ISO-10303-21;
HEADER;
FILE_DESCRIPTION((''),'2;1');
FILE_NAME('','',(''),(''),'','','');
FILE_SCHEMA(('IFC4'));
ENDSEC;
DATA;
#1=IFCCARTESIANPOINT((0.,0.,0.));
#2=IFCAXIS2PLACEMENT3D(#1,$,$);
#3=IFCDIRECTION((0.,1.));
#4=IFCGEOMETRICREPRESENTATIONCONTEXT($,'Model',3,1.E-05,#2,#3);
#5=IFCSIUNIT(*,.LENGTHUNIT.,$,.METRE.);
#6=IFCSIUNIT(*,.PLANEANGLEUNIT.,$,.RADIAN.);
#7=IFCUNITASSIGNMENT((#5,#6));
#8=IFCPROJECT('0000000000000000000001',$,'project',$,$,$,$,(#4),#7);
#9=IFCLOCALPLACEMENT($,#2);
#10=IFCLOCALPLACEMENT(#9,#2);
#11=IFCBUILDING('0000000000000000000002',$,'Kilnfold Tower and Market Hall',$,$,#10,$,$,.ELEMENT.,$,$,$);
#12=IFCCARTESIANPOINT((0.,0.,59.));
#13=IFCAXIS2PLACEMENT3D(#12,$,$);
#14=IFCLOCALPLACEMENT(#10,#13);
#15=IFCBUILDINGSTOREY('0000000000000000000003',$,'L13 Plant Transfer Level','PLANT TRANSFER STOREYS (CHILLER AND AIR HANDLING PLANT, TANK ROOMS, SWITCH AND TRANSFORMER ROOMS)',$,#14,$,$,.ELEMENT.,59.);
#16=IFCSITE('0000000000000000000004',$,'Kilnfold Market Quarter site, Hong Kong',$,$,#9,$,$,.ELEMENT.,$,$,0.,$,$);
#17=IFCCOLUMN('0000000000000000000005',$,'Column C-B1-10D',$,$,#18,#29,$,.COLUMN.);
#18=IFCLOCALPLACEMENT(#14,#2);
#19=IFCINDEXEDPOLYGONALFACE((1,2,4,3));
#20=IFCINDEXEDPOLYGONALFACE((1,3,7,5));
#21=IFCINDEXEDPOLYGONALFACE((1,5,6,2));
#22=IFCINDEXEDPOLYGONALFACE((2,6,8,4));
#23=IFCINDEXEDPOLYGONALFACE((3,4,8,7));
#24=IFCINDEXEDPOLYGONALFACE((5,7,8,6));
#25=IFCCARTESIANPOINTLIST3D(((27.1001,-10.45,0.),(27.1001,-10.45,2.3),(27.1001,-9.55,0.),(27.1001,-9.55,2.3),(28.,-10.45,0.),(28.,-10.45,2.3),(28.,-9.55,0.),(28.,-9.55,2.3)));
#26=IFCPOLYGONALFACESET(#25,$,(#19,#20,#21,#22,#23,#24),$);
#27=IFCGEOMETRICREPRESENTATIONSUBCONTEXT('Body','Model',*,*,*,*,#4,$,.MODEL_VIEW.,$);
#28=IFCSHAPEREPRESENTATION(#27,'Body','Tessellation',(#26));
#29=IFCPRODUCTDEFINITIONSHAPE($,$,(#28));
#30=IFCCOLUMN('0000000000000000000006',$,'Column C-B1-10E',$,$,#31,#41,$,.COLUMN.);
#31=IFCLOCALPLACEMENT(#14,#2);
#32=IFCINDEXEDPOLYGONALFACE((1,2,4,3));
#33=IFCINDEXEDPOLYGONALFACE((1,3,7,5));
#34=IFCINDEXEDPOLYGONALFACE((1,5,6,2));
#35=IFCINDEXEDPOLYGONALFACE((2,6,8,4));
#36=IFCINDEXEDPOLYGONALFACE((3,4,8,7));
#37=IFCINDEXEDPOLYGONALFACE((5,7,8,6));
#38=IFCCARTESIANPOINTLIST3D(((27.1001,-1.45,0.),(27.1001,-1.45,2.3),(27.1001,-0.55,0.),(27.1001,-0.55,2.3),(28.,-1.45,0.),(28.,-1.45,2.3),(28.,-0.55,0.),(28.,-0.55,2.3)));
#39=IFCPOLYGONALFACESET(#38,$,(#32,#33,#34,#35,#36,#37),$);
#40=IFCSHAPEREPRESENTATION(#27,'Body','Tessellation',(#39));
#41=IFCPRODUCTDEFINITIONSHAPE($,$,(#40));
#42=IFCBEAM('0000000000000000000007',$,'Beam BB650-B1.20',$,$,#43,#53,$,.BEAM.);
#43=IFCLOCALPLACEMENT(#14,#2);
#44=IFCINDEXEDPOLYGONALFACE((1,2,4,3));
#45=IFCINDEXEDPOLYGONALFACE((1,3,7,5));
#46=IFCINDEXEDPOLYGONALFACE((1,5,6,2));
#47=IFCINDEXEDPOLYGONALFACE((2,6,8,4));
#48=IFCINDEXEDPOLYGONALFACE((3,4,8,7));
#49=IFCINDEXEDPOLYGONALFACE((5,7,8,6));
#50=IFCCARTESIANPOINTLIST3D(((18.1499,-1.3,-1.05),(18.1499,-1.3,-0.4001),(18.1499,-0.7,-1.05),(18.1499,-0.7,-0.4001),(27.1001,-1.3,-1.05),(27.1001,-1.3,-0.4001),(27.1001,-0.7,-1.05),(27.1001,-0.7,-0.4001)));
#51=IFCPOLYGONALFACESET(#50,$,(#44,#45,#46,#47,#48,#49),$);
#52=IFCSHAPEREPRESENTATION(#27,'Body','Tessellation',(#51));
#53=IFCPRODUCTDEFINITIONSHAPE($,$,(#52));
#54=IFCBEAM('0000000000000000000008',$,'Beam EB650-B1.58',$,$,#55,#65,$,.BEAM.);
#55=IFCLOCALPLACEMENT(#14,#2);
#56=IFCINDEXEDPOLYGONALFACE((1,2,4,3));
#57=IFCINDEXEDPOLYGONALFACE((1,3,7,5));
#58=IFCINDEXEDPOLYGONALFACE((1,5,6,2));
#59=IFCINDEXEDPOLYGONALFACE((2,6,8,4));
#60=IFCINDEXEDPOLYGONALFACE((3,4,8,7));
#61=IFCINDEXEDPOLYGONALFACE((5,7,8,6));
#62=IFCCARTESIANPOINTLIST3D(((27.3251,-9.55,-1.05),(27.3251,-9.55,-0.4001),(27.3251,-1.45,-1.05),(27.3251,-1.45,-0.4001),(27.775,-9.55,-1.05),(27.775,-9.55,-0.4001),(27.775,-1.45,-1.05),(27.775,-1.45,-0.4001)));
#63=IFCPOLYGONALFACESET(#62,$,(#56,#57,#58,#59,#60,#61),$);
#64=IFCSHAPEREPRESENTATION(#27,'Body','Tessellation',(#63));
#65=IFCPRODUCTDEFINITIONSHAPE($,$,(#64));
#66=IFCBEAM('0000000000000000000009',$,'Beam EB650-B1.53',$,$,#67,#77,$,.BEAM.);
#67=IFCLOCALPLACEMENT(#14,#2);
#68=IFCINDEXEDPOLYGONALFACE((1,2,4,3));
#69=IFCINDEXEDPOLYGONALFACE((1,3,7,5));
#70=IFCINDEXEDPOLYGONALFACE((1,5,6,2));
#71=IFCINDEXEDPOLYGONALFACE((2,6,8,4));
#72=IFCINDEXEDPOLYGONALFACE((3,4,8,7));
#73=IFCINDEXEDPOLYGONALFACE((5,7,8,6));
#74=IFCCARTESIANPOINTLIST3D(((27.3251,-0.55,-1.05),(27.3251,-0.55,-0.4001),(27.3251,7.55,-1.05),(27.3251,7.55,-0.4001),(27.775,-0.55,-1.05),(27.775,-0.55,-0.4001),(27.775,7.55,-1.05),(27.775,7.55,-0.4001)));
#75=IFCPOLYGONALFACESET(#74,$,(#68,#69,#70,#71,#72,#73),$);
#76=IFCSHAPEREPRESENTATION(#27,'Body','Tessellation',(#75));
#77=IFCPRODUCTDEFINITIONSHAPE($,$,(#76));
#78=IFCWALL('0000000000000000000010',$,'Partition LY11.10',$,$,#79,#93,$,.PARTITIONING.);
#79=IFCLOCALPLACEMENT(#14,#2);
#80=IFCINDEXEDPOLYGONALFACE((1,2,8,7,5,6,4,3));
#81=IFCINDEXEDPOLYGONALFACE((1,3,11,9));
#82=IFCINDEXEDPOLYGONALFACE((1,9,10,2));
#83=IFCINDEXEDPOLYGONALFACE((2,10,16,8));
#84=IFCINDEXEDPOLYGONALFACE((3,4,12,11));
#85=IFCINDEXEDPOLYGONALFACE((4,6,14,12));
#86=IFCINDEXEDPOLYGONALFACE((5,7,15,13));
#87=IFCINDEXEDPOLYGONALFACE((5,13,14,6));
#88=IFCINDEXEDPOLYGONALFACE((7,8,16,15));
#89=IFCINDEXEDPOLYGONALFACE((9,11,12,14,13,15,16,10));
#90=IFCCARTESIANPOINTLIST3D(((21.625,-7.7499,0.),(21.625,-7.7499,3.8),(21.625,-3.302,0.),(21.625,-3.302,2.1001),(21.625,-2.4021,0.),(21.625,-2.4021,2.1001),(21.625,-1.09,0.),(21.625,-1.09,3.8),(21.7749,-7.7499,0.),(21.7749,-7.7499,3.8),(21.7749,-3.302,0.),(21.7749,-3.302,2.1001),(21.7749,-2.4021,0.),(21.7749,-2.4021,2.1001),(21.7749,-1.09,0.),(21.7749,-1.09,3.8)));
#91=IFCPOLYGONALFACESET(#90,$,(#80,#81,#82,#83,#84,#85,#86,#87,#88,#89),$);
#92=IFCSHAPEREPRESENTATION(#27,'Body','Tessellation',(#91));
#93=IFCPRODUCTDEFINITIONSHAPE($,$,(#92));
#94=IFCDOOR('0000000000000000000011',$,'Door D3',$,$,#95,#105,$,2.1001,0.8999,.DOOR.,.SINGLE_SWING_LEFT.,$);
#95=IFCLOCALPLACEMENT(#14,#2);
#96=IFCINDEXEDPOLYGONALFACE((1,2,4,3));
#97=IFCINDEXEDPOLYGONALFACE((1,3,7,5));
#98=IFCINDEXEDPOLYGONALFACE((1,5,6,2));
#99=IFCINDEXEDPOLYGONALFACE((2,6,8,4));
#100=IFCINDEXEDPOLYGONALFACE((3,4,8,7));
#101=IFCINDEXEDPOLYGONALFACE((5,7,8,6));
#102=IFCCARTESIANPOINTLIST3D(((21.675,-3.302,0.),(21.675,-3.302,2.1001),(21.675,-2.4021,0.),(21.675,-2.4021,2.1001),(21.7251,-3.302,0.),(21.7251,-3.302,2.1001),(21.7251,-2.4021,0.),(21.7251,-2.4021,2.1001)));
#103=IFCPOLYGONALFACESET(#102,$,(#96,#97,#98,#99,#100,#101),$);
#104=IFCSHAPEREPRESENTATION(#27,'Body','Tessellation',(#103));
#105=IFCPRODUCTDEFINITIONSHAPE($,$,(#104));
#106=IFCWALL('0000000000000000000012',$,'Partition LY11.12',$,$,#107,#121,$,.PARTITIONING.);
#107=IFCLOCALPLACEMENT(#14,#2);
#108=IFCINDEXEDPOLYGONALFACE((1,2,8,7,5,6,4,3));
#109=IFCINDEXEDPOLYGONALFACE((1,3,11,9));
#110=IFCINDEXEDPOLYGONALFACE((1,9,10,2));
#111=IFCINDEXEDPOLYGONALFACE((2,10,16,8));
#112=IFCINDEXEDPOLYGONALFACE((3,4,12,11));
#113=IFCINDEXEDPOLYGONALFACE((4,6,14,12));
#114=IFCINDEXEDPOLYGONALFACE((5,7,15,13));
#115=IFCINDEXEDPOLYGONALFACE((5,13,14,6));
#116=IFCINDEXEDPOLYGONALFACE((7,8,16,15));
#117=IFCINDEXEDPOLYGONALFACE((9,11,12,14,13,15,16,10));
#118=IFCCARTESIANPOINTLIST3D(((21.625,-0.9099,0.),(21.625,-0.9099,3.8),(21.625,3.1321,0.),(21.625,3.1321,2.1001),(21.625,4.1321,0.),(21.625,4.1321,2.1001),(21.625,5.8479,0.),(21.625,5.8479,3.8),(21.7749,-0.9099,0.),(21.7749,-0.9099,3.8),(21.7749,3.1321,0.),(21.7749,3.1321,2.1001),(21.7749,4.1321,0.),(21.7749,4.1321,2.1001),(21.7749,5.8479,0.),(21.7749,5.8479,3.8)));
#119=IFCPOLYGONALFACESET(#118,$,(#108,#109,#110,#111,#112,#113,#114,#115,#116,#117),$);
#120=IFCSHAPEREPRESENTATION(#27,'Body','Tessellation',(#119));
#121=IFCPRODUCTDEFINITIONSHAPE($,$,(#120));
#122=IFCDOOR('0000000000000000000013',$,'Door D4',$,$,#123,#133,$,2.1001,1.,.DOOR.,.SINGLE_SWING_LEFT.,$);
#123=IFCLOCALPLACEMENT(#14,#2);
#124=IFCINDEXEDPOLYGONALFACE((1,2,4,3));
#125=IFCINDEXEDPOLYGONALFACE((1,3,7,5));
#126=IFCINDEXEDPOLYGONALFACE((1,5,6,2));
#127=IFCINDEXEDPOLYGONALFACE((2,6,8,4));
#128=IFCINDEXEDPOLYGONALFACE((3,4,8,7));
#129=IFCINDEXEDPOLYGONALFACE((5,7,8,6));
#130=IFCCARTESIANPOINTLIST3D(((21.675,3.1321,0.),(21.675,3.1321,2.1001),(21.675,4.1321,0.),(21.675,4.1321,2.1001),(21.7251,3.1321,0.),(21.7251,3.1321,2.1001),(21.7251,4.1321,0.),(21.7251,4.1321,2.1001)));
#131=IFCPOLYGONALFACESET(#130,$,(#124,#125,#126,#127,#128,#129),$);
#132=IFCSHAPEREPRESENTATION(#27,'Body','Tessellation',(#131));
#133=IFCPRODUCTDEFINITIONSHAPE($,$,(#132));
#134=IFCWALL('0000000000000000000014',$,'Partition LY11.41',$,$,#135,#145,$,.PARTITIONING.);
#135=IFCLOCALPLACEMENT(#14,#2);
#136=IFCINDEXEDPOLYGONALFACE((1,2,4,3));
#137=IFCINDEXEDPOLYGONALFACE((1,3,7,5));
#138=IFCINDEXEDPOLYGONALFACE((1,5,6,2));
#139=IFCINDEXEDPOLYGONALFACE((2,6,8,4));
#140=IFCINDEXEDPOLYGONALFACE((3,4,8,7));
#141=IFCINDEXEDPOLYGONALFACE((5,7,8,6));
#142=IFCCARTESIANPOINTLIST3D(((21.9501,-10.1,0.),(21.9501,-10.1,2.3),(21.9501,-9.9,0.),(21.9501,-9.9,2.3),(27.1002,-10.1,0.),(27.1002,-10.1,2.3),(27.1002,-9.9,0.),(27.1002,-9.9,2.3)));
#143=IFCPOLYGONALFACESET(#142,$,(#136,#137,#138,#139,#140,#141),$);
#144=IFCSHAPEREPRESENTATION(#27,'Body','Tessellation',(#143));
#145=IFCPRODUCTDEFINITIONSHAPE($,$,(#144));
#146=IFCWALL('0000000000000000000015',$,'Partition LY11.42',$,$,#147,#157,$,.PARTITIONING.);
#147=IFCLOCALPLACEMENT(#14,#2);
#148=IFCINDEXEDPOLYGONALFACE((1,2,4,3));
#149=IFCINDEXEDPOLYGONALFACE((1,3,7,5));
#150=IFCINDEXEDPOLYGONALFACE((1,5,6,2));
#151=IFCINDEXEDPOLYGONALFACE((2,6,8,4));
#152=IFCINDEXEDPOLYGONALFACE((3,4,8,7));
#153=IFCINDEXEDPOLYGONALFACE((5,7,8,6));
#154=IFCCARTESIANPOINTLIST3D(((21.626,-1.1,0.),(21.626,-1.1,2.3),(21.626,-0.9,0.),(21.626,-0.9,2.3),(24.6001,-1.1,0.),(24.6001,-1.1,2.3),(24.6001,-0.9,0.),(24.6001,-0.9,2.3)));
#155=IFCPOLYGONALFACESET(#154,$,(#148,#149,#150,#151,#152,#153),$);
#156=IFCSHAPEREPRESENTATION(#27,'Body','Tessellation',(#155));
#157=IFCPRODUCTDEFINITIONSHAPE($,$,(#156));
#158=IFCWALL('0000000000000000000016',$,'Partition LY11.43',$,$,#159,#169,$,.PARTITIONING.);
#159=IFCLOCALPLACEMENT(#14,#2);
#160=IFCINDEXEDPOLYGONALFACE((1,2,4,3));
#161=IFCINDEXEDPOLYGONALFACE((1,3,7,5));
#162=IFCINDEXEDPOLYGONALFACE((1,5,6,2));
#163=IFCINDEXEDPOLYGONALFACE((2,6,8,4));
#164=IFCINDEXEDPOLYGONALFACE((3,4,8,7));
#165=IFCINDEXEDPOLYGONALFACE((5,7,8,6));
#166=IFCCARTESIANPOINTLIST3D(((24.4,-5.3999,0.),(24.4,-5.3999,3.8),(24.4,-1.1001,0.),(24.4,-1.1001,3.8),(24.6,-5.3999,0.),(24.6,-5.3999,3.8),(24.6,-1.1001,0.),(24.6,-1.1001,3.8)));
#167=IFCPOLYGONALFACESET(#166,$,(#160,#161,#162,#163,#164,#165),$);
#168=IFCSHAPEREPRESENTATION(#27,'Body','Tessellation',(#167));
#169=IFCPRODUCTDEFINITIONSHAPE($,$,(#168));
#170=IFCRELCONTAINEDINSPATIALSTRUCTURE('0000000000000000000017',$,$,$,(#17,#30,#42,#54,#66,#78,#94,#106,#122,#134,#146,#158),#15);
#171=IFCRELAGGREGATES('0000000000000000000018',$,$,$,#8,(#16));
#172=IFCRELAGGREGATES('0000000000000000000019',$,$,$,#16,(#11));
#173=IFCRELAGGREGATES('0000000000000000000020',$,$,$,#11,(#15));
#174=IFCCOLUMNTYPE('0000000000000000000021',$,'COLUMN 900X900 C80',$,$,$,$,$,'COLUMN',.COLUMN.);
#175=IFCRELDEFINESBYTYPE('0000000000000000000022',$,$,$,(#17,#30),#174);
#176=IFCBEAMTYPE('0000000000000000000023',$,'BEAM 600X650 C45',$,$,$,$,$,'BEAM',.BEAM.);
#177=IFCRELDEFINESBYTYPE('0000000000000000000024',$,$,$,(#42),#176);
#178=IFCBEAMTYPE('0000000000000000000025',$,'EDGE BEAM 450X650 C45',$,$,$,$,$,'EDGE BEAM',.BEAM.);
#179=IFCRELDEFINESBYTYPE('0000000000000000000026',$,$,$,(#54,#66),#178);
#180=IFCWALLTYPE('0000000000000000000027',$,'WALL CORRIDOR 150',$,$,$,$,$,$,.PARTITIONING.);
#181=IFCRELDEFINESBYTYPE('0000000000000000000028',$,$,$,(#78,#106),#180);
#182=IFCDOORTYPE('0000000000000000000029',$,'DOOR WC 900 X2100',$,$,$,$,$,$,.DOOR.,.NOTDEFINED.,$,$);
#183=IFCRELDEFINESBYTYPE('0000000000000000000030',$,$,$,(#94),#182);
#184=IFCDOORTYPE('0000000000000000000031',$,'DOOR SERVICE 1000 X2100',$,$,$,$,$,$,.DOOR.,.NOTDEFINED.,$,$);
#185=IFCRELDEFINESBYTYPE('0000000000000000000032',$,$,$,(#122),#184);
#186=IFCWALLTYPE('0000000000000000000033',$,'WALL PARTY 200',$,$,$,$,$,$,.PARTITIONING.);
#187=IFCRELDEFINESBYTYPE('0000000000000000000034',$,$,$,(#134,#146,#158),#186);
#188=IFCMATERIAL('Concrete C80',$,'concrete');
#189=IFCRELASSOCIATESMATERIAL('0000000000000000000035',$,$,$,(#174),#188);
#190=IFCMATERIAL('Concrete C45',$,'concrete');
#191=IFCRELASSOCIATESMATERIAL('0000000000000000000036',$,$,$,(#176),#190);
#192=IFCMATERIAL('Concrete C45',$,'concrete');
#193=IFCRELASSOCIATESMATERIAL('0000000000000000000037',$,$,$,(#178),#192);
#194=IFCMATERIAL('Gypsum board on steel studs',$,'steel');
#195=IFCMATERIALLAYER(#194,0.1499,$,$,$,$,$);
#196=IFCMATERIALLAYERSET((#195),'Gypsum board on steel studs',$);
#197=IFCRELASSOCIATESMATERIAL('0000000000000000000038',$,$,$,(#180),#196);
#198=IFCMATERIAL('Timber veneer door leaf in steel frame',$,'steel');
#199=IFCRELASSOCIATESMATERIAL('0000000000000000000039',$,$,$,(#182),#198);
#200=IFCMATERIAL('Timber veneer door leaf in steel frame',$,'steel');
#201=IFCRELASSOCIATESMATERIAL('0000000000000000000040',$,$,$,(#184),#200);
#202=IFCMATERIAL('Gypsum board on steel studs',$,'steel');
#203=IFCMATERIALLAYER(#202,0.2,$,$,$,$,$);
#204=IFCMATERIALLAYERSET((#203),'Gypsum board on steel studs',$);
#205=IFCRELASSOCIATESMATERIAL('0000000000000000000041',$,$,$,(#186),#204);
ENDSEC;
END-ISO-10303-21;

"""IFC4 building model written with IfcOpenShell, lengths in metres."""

from ifc_helpers import new_model, si_unit, direction, frame, frame_2d, origin, origin_2d, place, context, subcontext, project, spatial, rectangle, extrude, source, transform, mapped, material, layer, layer_set, material_profile, profile_set, type_object, element, fill, save


model = new_model("IFC4")

# Units and contexts
model_context = context("Model", 3, precision=1e-05, world=origin(), true_north=direction((0.0, 1.0)))
body_context = subcontext(model_context, "Body", "Model", "MODEL_VIEW")
ifc_project = project(units=[si_unit("LENGTHUNIT", "METRE"), si_unit("PLANEANGLEUNIT", "RADIAN")], contexts=[model_context])

# Site, building, storey
site_placement = place(None, origin())
site = spatial("IfcSite", under=ifc_project, at=site_placement, Name="Kilnfold Market Quarter site, Hong Kong", CompositionType="ELEMENT", RefElevation=0.0)
building_placement = place(site_placement, origin())
building = spatial("IfcBuilding", under=site, at=building_placement, Name="Kilnfold Tower and Market Hall", CompositionType="ELEMENT")
storey_placement = place(building_placement, frame((0.0, 0.0, 59.0)))
storey = spatial("IfcBuildingStorey", under=building, at=storey_placement, Name="L13 Plant Transfer Level", Description="PLANT TRANSFER STOREYS (CHILLER AND AIR HANDLING PLANT, TANK ROOMS, SWITCH AND TRANSFORMER ROOMS)", CompositionType="ELEMENT", Elevation=59.0)

# Columns
ifc_material_1 = material(Name="Concrete C80", Category="concrete")
ifc_material_profile_1 = material_profile(ifc_material_1, rectangle(XDim=0.8999, YDim=0.8999, at=origin_2d()), Name="RC 900x900")
ifc_profile_set_1 = profile_set([ifc_material_profile_1], Name="Concrete C80")
column_type = type_object("IfcColumnType", Name="COLUMN 900X900 C80", ElementType="COLUMN", PredefinedType="COLUMN", material=ifc_profile_set_1)
shared_shape_1 = source(origin(), body_context, "Body", "SweptSolid", [
    extrude(rectangle(XDim=0.8999, YDim=0.8999, at=origin_2d()), origin(), (0.0, 0.0, 1.0), 2.3),
])
for number, where, z_axis, x_axis, name in (
    (1, (27.55, -10.0, 0.0), (0.0, 0.0, 1.0), (1.0, 0.0, 0.0), "Column C-B1-10D"),
    (2, (27.55, -1.0, 0.0), (0.0, 0.0, 1.0), (1.0, 0.0, 0.0), "Column C-B1-10E"),
):
    element("IfcColumn", number, at=place(storey_placement, frame(where, z_axis=z_axis, x_axis=x_axis)), inside=storey, type_object=column_type, Name=name, PredefinedType="COLUMN", context=body_context, shape_type="MappedRepresentation", body=[
        mapped(shared_shape_1, transform((0.0, 0.0, 0.0))),
    ])

# Beams
ifc_material_2 = material(Name="Concrete C45", Category="concrete")
ifc_material_profile_2 = material_profile(ifc_material_2, rectangle(XDim=0.6001, YDim=0.6499, at=origin_2d()), Name="RC 600x650")
ifc_profile_set_2 = profile_set([ifc_material_profile_2], Name="Concrete C45")
beam_type_1 = type_object("IfcBeamType", Name="BEAM 600X650 C45", ElementType="BEAM", PredefinedType="BEAM", material=ifc_profile_set_2)
shared_shape_2 = source(origin(), body_context, "Body", "SweptSolid", [
    extrude(rectangle(XDim=0.6001, YDim=0.6499, at=origin_2d()), origin(), (0.0, 0.0, 1.0), 8.9502),
])
beam_placement = place(storey_placement, frame((18.1499, -1.0, -0.7251), z_axis=(1.0, 0.0, 0.0), x_axis=(0.0, 1.0, 0.0)))
element("IfcBeam", 3, at=beam_placement, inside=storey, type_object=beam_type_1, Name="Beam BB650-B1.20", PredefinedType="BEAM", context=body_context, shape_type="MappedRepresentation", body=[
    mapped(shared_shape_2, transform((0.0, 0.0, 0.0))),
])
ifc_material_3 = material(Name="Concrete C45", Category="concrete")
ifc_material_profile_3 = material_profile(ifc_material_3, rectangle(XDim=0.45, YDim=0.6499, at=origin_2d()), Name="RC 450x650")
ifc_profile_set_3 = profile_set([ifc_material_profile_3], Name="Concrete C45")
beam_type_2 = type_object("IfcBeamType", Name="EDGE BEAM 450X650 C45", ElementType="EDGE BEAM", PredefinedType="BEAM", material=ifc_profile_set_3)
shared_shape_3 = source(origin(), body_context, "Body", "SweptSolid", [
    extrude(rectangle(XDim=0.45, YDim=0.6499, at=origin_2d()), origin(), (0.0, 0.0, 1.0), 8.1001),
])
for number, where, z_axis, x_axis, name in (
    (4, (27.55, -9.55, -0.7251), (0.0, 1.0, 0.0), (-1.0, 0.0, 0.0), "Beam EB650-B1.58"),
    (5, (27.55, -0.55, -0.7251), (0.0, 1.0, 0.0), (-1.0, 0.0, 0.0), "Beam EB650-B1.53"),
):
    element("IfcBeam", number, at=place(storey_placement, frame(where, z_axis=z_axis, x_axis=x_axis)), inside=storey, type_object=beam_type_2, Name=name, PredefinedType="BEAM", context=body_context, shape_type="MappedRepresentation", body=[
        mapped(shared_shape_3, transform((0.0, 0.0, 0.0))),
    ])

# Walls, openings, doors
ifc_material_4 = material(Name="Gypsum board on steel studs", Category="steel")
ifc_layer_1 = layer(ifc_material_4, 0.1499)
ifc_layer_set_1 = layer_set([ifc_layer_1], Name="Gypsum board on steel studs")
wall_type_1 = type_object("IfcWallType", Name="WALL CORRIDOR 150", PredefinedType="PARTITIONING", material=ifc_layer_set_1)
wall_1_placement = place(storey_placement, frame((21.7, -7.75, 0.0), z_axis=(0.0, 0.0, 1.0), x_axis=(0.0, 1.0, 0.0)))
wall_1 = element("IfcWall", 6, at=wall_1_placement, inside=storey, type_object=wall_type_1, Name="Partition LY11.10", PredefinedType="PARTITIONING", context=body_context, shape_type="SweptSolid", body=[
    extrude(rectangle(XDim=6.6599, YDim=0.1499, at=frame_2d((3.3301, 0.0))), origin(), (0.0, 0.0, 1.0), 3.8),
])
opening_1_placement = place(wall_1_placement, frame((4.448, 0.0, 0.0)))
opening_1 = element("IfcOpeningElement", 7, at=opening_1_placement, cuts=wall_1, PredefinedType="OPENING", context=body_context, shape_type="SweptSolid", body=[
    extrude(rectangle(XDim=0.8999, YDim=2.1001, at=frame_2d((0.45, 1.05))), frame((0.0, 0.085, 0.0), z_axis=(0.0, -1.0, 0.0), x_axis=(1.0, 0.0, 0.0)), (0.0, 0.0, 1.0), 0.1699),
])
ifc_material_5 = material(Name="Timber veneer door leaf in steel frame", Category="steel")
door_type_1 = type_object("IfcDoorType", Name="DOOR WC 900 X2100", OperationType="NOTDEFINED", PredefinedType="DOOR", material=ifc_material_5)
door_1_placement = place(opening_1_placement, origin())
door_1 = element("IfcDoor", 8, at=door_1_placement, inside=storey, type_object=door_type_1, Name="Door D3", OperationType="SINGLE_SWING_LEFT", OverallHeight=2.1001, OverallWidth=0.8999, PredefinedType="DOOR", context=body_context, shape_type="SweptSolid", body=[
    extrude(rectangle(XDim=0.8999, YDim=2.1001, at=frame_2d((0.45, 1.05))), frame((0.0, 0.0249, 0.0), z_axis=(0.0, -1.0, 0.0), x_axis=(1.0, 0.0, 0.0)), (0.0, 0.0, 1.0), 0.05),
])
fill(opening_1, door_1)
wall_2_placement = place(storey_placement, frame((21.7, -0.9099, 0.0), z_axis=(0.0, 0.0, 1.0), x_axis=(0.0, 1.0, 0.0)))
wall_2 = element("IfcWall", 9, at=wall_2_placement, inside=storey, type_object=wall_type_1, Name="Partition LY11.12", PredefinedType="PARTITIONING", context=body_context, shape_type="SweptSolid", body=[
    extrude(rectangle(XDim=6.7578, YDim=0.1499, at=frame_2d((3.3789, 0.0))), origin(), (0.0, 0.0, 1.0), 3.8),
])
opening_2_placement = place(wall_2_placement, frame((4.042, 0.0, 0.0)))
opening_2 = element("IfcOpeningElement", 10, at=opening_2_placement, cuts=wall_2, PredefinedType="OPENING", context=body_context, shape_type="SweptSolid", body=[
    extrude(rectangle(XDim=1.0, YDim=2.1001, at=frame_2d((0.5, 1.05))), frame((0.0, 0.085, 0.0), z_axis=(0.0, -1.0, 0.0), x_axis=(1.0, 0.0, 0.0)), (0.0, 0.0, 1.0), 0.1699),
])
ifc_material_6 = material(Name="Timber veneer door leaf in steel frame", Category="steel")
door_type_2 = type_object("IfcDoorType", Name="DOOR SERVICE 1000 X2100", OperationType="NOTDEFINED", PredefinedType="DOOR", material=ifc_material_6)
door_2_placement = place(opening_2_placement, origin())
door_2 = element("IfcDoor", 11, at=door_2_placement, inside=storey, type_object=door_type_2, Name="Door D4", OperationType="SINGLE_SWING_LEFT", OverallHeight=2.1001, OverallWidth=1.0, PredefinedType="DOOR", context=body_context, shape_type="SweptSolid", body=[
    extrude(rectangle(XDim=1.0, YDim=2.1001, at=frame_2d((0.5, 1.05))), frame((0.0, 0.0249, 0.0), z_axis=(0.0, -1.0, 0.0), x_axis=(1.0, 0.0, 0.0)), (0.0, 0.0, 1.0), 0.05),
])
fill(opening_2, door_2)

# Walls
ifc_material_7 = material(Name="Gypsum board on steel studs", Category="steel")
ifc_layer_2 = layer(ifc_material_7, 0.2)
ifc_layer_set_2 = layer_set([ifc_layer_2], Name="Gypsum board on steel studs")
wall_type_2 = type_object("IfcWallType", Name="WALL PARTY 200", PredefinedType="PARTITIONING", material=ifc_layer_set_2)
wall_3_placement = place(storey_placement, frame((21.95, -10.0, 0.0), z_axis=(0.0, 0.0, 1.0), x_axis=(1.0, 0.0, 0.0)))
element("IfcWall", 12, at=wall_3_placement, inside=storey, type_object=wall_type_2, Name="Partition LY11.41", PredefinedType="PARTITIONING", context=body_context, shape_type="SweptSolid", body=[
    extrude(rectangle(XDim=5.1501, YDim=0.2, at=frame_2d((2.5752, 0.0))), origin(), (0.0, 0.0, 1.0), 2.3),
])
wall_4_placement = place(storey_placement, frame((21.626, -1.0, 0.0), z_axis=(0.0, 0.0, 1.0), x_axis=(1.0, 0.0, 0.0)))
element("IfcWall", 13, at=wall_4_placement, inside=storey, type_object=wall_type_2, Name="Partition LY11.42", PredefinedType="PARTITIONING", context=body_context, shape_type="SweptSolid", body=[
    extrude(rectangle(XDim=2.9741, YDim=0.2, at=frame_2d((1.4871, 0.0))), origin(), (0.0, 0.0, 1.0), 2.3),
])
wall_5_placement = place(storey_placement, frame((24.5, -5.3999, 0.0), z_axis=(0.0, 0.0, 1.0), x_axis=(0.0, 1.0, 0.0)))
element("IfcWall", 14, at=wall_5_placement, inside=storey, type_object=wall_type_2, Name="Partition LY11.43", PredefinedType="PARTITIONING", context=body_context, shape_type="SweptSolid", body=[
    extrude(rectangle(XDim=4.2998, YDim=0.2, at=frame_2d((2.1499, 0.0))), origin(), (0.0, 0.0, 1.0), 3.8),
])

save(model, "model.ifc")
